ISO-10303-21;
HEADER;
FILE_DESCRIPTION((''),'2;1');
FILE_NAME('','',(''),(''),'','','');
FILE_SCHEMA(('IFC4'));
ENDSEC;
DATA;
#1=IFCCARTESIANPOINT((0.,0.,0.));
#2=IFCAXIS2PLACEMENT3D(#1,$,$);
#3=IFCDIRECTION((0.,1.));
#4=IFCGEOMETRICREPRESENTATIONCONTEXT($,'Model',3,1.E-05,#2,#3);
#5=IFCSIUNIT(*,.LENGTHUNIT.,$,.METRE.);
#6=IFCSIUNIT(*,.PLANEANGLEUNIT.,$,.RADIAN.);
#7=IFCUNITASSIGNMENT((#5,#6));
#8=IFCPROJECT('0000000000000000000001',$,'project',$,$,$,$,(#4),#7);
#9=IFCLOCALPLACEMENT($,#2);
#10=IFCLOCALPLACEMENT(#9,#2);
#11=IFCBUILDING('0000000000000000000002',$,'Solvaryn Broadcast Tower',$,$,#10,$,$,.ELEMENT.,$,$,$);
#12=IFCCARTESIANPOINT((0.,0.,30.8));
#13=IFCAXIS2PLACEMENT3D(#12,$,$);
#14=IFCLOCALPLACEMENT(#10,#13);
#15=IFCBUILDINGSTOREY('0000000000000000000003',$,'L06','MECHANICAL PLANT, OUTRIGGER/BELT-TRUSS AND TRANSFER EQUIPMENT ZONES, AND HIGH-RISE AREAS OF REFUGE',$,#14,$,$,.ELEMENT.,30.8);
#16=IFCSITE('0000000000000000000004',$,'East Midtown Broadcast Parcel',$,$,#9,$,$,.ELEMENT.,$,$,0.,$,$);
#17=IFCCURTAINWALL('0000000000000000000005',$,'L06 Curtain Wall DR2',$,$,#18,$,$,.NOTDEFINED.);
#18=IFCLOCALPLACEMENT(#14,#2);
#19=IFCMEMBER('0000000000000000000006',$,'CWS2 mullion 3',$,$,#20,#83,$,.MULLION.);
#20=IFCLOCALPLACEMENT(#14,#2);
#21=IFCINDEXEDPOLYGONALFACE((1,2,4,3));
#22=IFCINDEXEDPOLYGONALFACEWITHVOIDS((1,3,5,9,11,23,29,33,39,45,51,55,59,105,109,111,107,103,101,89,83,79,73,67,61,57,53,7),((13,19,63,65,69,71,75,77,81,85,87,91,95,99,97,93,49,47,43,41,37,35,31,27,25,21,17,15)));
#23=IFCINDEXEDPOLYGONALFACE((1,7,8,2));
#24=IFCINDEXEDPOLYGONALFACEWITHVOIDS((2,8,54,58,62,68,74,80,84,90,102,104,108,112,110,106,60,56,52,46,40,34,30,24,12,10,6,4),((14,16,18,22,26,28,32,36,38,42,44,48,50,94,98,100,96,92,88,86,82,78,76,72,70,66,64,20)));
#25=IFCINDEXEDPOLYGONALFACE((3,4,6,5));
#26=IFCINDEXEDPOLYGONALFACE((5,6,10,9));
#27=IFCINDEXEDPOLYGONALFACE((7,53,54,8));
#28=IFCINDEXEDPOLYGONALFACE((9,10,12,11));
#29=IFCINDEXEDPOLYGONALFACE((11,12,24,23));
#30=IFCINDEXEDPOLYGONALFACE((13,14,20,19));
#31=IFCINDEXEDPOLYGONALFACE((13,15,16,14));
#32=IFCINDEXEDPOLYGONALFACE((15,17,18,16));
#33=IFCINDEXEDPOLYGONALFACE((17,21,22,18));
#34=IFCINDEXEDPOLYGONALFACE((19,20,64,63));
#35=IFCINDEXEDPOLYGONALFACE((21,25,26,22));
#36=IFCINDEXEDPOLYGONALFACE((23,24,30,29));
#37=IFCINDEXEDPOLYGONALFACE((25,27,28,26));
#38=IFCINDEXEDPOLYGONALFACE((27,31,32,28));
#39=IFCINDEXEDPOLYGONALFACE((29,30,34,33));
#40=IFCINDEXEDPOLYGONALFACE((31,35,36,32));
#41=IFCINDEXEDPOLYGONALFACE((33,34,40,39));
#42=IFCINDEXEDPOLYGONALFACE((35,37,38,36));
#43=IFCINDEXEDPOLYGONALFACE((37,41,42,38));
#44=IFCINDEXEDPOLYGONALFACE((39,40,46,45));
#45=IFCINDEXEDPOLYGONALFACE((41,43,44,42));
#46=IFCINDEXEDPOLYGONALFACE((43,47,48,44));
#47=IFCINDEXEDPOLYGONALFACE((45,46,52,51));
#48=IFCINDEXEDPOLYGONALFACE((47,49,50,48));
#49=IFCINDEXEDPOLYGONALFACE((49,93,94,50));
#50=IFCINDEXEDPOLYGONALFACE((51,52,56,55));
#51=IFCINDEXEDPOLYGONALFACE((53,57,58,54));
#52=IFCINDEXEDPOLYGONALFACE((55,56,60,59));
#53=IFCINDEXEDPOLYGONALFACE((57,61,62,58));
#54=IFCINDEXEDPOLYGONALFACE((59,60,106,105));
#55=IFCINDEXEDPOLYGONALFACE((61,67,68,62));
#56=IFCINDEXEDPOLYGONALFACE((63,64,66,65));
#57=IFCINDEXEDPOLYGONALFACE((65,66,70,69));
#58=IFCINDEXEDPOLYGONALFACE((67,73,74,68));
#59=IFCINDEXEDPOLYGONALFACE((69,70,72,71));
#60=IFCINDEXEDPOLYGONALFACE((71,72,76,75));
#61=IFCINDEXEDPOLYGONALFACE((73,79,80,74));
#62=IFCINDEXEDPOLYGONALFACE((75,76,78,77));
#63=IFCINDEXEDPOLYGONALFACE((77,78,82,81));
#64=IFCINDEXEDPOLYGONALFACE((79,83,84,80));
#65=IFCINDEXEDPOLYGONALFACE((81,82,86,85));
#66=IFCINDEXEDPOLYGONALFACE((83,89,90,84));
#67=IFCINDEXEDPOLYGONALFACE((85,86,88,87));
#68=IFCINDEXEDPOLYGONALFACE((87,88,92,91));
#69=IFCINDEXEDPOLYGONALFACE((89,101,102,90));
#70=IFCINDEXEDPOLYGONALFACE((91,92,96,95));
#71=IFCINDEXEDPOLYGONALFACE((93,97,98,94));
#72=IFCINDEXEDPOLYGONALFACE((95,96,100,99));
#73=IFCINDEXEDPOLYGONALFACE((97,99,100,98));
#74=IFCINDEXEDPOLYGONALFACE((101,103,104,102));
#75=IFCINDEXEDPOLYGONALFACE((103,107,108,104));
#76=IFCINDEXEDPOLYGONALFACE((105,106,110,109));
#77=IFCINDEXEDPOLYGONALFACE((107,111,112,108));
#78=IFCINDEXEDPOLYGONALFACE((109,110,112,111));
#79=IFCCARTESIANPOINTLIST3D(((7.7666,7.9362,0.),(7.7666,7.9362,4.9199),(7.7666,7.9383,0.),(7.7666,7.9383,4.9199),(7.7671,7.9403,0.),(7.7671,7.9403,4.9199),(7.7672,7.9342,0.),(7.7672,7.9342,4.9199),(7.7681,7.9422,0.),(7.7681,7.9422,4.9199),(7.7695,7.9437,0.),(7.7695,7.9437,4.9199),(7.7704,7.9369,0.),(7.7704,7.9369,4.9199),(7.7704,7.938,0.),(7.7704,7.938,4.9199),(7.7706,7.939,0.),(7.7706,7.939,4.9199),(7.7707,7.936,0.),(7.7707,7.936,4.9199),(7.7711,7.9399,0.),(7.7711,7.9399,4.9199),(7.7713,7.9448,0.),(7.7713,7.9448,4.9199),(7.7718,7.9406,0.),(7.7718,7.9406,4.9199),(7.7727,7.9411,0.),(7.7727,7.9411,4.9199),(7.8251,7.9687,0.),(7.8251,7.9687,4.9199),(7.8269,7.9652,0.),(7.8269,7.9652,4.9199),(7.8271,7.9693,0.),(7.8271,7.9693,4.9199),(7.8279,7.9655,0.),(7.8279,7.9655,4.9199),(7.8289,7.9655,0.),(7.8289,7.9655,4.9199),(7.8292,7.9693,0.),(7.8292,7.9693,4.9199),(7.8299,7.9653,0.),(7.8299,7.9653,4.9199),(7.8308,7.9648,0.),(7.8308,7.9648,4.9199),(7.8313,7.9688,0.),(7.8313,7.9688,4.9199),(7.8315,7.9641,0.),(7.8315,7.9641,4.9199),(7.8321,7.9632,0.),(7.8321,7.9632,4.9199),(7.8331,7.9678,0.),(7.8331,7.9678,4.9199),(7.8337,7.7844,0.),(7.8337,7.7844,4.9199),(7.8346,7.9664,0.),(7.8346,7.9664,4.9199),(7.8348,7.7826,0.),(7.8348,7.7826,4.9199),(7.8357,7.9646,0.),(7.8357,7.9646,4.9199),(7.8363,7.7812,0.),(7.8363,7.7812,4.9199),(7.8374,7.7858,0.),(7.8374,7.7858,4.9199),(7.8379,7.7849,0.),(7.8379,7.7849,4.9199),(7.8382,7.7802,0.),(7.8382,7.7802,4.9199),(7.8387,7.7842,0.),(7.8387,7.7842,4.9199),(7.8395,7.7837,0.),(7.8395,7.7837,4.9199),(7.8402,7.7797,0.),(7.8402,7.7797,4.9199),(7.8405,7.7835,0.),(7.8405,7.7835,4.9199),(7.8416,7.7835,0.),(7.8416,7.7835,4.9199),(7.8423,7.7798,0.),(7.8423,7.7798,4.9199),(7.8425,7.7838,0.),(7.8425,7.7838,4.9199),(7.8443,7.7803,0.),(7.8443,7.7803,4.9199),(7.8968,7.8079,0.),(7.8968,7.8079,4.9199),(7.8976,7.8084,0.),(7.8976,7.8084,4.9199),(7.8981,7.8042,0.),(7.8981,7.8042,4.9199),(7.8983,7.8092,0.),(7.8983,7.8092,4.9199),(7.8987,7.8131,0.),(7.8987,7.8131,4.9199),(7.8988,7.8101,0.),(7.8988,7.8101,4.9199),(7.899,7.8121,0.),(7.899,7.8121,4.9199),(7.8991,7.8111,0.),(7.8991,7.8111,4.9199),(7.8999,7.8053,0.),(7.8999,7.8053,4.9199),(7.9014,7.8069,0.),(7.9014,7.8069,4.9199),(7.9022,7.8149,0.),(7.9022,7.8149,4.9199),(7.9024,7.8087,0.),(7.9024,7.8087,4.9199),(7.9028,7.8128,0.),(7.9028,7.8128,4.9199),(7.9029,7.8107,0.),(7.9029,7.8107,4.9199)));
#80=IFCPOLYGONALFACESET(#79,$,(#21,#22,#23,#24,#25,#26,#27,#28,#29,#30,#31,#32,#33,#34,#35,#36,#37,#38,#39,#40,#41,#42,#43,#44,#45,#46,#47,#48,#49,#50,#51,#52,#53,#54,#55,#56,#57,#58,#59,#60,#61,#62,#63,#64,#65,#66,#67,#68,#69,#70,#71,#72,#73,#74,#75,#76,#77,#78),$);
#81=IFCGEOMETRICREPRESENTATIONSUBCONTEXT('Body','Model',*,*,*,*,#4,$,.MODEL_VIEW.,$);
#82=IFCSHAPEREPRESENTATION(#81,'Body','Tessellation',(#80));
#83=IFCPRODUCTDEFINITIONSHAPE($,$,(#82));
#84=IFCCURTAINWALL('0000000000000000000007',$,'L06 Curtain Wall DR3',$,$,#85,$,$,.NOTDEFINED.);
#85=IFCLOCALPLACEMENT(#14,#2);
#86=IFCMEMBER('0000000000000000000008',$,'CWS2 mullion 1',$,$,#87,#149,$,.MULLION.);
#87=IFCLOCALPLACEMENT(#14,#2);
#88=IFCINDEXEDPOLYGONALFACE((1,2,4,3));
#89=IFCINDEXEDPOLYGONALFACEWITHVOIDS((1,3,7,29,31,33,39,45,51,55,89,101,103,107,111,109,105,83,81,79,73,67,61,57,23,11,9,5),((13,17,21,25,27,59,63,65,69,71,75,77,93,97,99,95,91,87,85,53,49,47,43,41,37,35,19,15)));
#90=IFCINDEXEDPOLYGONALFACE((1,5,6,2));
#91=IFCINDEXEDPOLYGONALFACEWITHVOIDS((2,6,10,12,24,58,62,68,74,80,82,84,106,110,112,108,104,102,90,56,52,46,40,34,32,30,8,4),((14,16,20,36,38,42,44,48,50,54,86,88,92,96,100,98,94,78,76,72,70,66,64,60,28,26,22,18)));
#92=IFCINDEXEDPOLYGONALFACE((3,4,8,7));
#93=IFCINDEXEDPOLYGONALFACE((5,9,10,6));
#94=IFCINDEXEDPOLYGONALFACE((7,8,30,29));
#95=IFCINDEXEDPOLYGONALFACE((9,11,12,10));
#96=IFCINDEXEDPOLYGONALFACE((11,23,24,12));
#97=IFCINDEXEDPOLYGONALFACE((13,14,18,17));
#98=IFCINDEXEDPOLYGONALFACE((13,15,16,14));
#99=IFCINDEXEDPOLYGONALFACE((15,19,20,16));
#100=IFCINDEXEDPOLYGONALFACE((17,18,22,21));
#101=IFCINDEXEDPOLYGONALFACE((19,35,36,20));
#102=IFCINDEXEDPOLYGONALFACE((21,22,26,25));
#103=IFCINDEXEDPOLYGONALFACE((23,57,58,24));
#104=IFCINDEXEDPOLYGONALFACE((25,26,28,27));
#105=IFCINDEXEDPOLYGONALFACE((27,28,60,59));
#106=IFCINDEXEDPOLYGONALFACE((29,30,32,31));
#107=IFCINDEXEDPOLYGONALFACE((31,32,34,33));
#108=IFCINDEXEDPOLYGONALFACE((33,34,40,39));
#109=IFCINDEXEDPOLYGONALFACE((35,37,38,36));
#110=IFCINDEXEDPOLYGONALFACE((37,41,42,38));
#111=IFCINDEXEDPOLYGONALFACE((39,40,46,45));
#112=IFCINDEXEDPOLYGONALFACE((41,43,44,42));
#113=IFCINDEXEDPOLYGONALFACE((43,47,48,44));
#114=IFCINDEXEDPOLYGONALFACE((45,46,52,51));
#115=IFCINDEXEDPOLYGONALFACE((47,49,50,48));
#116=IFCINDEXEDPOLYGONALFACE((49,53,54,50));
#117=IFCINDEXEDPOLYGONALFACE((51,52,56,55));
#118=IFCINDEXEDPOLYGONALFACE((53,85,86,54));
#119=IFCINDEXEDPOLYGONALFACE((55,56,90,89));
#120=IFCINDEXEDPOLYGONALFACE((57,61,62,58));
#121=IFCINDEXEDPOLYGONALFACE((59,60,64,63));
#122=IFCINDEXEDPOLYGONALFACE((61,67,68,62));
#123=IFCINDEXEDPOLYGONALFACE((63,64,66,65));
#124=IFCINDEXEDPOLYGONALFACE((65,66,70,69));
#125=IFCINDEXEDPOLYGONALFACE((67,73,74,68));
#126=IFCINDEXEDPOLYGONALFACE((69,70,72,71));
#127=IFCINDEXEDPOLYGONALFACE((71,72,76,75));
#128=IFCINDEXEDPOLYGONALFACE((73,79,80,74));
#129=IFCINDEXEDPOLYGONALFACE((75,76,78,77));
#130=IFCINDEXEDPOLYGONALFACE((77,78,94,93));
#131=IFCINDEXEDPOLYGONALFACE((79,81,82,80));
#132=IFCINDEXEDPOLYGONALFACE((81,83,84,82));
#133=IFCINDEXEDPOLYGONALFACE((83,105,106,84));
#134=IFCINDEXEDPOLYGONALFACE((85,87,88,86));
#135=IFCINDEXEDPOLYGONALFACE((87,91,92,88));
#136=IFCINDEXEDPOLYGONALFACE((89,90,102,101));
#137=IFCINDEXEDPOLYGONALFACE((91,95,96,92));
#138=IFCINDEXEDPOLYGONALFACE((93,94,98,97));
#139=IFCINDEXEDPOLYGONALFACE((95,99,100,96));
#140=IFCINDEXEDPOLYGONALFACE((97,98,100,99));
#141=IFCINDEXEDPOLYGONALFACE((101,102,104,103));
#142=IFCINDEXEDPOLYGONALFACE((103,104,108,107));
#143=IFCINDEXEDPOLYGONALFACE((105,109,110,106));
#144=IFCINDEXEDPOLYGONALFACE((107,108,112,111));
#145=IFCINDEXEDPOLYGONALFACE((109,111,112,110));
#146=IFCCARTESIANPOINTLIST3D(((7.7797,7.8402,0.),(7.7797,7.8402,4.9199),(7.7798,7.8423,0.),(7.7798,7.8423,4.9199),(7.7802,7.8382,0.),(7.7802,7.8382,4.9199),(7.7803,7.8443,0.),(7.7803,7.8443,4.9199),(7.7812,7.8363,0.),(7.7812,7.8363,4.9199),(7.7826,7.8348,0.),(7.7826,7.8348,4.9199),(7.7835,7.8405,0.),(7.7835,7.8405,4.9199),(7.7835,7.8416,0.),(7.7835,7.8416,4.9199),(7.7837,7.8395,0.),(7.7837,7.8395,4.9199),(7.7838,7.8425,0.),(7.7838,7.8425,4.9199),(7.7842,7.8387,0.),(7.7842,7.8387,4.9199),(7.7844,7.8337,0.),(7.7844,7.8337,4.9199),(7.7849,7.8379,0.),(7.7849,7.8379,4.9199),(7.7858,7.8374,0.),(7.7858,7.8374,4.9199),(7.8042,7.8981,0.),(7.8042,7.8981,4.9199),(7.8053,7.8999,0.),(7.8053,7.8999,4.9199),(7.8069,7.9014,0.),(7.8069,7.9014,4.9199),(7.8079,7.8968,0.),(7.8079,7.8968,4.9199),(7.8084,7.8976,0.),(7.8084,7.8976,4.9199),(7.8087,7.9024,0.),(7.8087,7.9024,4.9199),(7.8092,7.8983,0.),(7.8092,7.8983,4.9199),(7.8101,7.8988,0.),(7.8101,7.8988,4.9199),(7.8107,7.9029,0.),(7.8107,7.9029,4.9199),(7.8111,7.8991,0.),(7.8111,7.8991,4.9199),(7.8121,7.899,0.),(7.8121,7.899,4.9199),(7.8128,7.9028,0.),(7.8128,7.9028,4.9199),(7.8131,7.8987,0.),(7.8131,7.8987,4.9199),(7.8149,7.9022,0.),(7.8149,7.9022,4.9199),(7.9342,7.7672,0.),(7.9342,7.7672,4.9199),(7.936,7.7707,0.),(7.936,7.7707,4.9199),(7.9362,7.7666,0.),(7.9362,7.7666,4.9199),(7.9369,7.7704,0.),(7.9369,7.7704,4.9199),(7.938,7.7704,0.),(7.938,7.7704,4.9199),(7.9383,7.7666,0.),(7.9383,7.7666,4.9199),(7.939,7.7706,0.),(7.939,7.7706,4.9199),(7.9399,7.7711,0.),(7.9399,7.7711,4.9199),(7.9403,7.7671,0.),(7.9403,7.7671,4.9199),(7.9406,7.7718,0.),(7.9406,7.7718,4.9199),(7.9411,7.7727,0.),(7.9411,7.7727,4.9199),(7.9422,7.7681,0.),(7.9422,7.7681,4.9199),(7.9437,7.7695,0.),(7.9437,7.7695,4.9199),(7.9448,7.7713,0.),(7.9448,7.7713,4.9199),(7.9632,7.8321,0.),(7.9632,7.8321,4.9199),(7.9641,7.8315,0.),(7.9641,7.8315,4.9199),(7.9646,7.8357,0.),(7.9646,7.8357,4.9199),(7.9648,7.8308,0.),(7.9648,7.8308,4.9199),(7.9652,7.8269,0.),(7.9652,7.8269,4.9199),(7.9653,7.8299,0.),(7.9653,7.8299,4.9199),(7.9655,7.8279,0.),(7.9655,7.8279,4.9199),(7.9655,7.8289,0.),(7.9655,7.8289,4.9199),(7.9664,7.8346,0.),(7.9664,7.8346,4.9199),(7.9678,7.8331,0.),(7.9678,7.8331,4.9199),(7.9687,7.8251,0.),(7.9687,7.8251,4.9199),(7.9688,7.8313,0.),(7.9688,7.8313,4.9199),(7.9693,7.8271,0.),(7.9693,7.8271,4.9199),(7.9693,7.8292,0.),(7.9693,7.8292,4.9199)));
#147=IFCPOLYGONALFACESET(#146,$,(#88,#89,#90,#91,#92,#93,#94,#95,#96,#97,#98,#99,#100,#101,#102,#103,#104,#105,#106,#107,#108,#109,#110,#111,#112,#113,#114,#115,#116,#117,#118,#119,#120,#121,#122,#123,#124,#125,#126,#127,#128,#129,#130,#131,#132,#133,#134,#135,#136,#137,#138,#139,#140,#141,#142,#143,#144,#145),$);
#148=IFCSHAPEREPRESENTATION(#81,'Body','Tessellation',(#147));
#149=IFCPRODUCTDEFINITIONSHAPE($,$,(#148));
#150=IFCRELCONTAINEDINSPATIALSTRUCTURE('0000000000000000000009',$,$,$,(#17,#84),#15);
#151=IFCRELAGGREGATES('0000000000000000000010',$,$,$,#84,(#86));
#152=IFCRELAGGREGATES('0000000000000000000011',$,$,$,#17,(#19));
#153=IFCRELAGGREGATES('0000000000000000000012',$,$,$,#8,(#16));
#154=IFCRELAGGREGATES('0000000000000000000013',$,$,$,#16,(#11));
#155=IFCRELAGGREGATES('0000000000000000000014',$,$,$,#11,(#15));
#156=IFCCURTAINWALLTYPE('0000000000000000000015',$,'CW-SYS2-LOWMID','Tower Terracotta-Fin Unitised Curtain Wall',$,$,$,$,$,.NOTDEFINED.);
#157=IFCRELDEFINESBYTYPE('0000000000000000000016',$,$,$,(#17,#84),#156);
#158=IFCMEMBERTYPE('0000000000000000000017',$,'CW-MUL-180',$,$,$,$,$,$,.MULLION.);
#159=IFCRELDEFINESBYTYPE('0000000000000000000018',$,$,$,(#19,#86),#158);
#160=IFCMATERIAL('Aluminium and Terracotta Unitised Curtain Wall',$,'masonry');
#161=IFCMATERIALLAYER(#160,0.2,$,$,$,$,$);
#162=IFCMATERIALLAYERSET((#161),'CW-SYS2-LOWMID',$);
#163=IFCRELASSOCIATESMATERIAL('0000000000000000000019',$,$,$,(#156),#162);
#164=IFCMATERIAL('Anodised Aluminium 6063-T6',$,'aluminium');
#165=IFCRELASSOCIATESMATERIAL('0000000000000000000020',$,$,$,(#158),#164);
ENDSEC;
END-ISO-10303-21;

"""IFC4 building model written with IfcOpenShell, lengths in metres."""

from ifc_helpers import new_model, si_unit, direction, frame, origin, origin_2d, place, context, subcontext, project, spatial, hollow_rectangle, extrude, material, layer, layer_set, material_profile, profile_set, type_object, element, aggregate, save


model = new_model("IFC4")

# Units and contexts
model_context = context("Model", 3, precision=1e-05, world=origin(), true_north=direction((0.0, 1.0)))
body_context = subcontext(model_context, "Body", "Model", "MODEL_VIEW")
ifc_project = project(units=[si_unit("LENGTHUNIT", "METRE"), si_unit("PLANEANGLEUNIT", "RADIAN")], contexts=[model_context])

# Site, building, storey
site_placement = place(None, origin())
site = spatial("IfcSite", under=ifc_project, at=site_placement, Name="East Midtown Broadcast Parcel", CompositionType="ELEMENT", RefElevation=0.0)
building_placement = place(site_placement, origin())
building = spatial("IfcBuilding", under=site, at=building_placement, Name="Solvaryn Broadcast Tower", CompositionType="ELEMENT")
storey_placement = place(building_placement, frame((0.0, 0.0, 30.8)))
storey = spatial("IfcBuildingStorey", under=building, at=storey_placement, Name="L06", Description="MECHANICAL PLANT, OUTRIGGER/BELT-TRUSS AND TRANSFER EQUIPMENT ZONES, AND HIGH-RISE AREAS OF REFUGE", CompositionType="ELEMENT", Elevation=30.8)

# Curtain walls, members
ifc_material_1 = material(Name="Aluminium and Terracotta Unitised Curtain Wall", Category="masonry")
ifc_layer_1 = layer(ifc_material_1, 0.2)
ifc_layer_set_1 = layer_set([ifc_layer_1], Name="CW-SYS2-LOWMID")
curtain_wall_type = type_object("IfcCurtainWallType", Name="CW-SYS2-LOWMID", Description="Tower Terracotta-Fin Unitised Curtain Wall", PredefinedType="NOTDEFINED", material=ifc_layer_set_1)
curtain_wall_1_placement = place(storey_placement, origin())
curtain_wall_1 = element("IfcCurtainWall", 1, at=curtain_wall_1_placement, inside=storey, type_object=curtain_wall_type, Name="L06 Curtain Wall DR2", PredefinedType="NOTDEFINED")
ifc_material_2 = material(Name="Anodised Aluminium 6063-T6", Category="aluminium")
ifc_material_profile_1 = material_profile(ifc_material_2, hollow_rectangle(XDim=0.075, YDim=0.1799, WallThickness=0.0039, InnerFilletRadius=0.0039, OuterFilletRadius=0.0081, at=origin_2d()))
ifc_profile_set_1 = profile_set([ifc_material_profile_1], Name="Anodised Aluminium 6063-T6")
member_type_1 = type_object("IfcMemberType", Name="CW-MUL-180", PredefinedType="MULLION", material=ifc_profile_set_1)
member_1_placement = place(storey_placement, frame((7.8347, 7.8745, 0.0), z_axis=(0.0, 0.0, 1.0), x_axis=(0.913918, 0.405898, 0.0)))
member_1 = element("IfcMember", 2, at=member_1_placement, type_object=member_type_1, Name="CWS2 mullion 3", PredefinedType="MULLION", context=body_context, shape_type="SweptSolid", body=[
    extrude(hollow_rectangle(XDim=0.075, YDim=0.1799, WallThickness=0.0039, InnerFilletRadius=0.0039, OuterFilletRadius=0.0081, at=origin_2d()), origin(), (0.0, 0.0, 1.0), 4.9199),
])
curtain_wall_2_placement = place(storey_placement, origin())
curtain_wall_2 = element("IfcCurtainWall", 3, at=curtain_wall_2_placement, inside=storey, type_object=curtain_wall_type, Name="L06 Curtain Wall DR3", PredefinedType="NOTDEFINED")
member_2_placement = place(storey_placement, frame((7.8745, 7.8347, 0.0), z_axis=(0.0, 0.0, 1.0), x_axis=(0.405898, 0.913918, 0.0)))
member_2 = element("IfcMember", 4, at=member_2_placement, type_object=member_type_1, Name="CWS2 mullion 1", PredefinedType="MULLION", context=body_context, shape_type="SweptSolid", body=[
    extrude(hollow_rectangle(XDim=0.075, YDim=0.1799, WallThickness=0.0039, InnerFilletRadius=0.0039, OuterFilletRadius=0.0081, at=origin_2d()), origin(), (0.0, 0.0, 1.0), 4.9199),
])

aggregate(curtain_wall_2, [member_2])

aggregate(curtain_wall_1, [member_1])

save(model, "model.ifc")
